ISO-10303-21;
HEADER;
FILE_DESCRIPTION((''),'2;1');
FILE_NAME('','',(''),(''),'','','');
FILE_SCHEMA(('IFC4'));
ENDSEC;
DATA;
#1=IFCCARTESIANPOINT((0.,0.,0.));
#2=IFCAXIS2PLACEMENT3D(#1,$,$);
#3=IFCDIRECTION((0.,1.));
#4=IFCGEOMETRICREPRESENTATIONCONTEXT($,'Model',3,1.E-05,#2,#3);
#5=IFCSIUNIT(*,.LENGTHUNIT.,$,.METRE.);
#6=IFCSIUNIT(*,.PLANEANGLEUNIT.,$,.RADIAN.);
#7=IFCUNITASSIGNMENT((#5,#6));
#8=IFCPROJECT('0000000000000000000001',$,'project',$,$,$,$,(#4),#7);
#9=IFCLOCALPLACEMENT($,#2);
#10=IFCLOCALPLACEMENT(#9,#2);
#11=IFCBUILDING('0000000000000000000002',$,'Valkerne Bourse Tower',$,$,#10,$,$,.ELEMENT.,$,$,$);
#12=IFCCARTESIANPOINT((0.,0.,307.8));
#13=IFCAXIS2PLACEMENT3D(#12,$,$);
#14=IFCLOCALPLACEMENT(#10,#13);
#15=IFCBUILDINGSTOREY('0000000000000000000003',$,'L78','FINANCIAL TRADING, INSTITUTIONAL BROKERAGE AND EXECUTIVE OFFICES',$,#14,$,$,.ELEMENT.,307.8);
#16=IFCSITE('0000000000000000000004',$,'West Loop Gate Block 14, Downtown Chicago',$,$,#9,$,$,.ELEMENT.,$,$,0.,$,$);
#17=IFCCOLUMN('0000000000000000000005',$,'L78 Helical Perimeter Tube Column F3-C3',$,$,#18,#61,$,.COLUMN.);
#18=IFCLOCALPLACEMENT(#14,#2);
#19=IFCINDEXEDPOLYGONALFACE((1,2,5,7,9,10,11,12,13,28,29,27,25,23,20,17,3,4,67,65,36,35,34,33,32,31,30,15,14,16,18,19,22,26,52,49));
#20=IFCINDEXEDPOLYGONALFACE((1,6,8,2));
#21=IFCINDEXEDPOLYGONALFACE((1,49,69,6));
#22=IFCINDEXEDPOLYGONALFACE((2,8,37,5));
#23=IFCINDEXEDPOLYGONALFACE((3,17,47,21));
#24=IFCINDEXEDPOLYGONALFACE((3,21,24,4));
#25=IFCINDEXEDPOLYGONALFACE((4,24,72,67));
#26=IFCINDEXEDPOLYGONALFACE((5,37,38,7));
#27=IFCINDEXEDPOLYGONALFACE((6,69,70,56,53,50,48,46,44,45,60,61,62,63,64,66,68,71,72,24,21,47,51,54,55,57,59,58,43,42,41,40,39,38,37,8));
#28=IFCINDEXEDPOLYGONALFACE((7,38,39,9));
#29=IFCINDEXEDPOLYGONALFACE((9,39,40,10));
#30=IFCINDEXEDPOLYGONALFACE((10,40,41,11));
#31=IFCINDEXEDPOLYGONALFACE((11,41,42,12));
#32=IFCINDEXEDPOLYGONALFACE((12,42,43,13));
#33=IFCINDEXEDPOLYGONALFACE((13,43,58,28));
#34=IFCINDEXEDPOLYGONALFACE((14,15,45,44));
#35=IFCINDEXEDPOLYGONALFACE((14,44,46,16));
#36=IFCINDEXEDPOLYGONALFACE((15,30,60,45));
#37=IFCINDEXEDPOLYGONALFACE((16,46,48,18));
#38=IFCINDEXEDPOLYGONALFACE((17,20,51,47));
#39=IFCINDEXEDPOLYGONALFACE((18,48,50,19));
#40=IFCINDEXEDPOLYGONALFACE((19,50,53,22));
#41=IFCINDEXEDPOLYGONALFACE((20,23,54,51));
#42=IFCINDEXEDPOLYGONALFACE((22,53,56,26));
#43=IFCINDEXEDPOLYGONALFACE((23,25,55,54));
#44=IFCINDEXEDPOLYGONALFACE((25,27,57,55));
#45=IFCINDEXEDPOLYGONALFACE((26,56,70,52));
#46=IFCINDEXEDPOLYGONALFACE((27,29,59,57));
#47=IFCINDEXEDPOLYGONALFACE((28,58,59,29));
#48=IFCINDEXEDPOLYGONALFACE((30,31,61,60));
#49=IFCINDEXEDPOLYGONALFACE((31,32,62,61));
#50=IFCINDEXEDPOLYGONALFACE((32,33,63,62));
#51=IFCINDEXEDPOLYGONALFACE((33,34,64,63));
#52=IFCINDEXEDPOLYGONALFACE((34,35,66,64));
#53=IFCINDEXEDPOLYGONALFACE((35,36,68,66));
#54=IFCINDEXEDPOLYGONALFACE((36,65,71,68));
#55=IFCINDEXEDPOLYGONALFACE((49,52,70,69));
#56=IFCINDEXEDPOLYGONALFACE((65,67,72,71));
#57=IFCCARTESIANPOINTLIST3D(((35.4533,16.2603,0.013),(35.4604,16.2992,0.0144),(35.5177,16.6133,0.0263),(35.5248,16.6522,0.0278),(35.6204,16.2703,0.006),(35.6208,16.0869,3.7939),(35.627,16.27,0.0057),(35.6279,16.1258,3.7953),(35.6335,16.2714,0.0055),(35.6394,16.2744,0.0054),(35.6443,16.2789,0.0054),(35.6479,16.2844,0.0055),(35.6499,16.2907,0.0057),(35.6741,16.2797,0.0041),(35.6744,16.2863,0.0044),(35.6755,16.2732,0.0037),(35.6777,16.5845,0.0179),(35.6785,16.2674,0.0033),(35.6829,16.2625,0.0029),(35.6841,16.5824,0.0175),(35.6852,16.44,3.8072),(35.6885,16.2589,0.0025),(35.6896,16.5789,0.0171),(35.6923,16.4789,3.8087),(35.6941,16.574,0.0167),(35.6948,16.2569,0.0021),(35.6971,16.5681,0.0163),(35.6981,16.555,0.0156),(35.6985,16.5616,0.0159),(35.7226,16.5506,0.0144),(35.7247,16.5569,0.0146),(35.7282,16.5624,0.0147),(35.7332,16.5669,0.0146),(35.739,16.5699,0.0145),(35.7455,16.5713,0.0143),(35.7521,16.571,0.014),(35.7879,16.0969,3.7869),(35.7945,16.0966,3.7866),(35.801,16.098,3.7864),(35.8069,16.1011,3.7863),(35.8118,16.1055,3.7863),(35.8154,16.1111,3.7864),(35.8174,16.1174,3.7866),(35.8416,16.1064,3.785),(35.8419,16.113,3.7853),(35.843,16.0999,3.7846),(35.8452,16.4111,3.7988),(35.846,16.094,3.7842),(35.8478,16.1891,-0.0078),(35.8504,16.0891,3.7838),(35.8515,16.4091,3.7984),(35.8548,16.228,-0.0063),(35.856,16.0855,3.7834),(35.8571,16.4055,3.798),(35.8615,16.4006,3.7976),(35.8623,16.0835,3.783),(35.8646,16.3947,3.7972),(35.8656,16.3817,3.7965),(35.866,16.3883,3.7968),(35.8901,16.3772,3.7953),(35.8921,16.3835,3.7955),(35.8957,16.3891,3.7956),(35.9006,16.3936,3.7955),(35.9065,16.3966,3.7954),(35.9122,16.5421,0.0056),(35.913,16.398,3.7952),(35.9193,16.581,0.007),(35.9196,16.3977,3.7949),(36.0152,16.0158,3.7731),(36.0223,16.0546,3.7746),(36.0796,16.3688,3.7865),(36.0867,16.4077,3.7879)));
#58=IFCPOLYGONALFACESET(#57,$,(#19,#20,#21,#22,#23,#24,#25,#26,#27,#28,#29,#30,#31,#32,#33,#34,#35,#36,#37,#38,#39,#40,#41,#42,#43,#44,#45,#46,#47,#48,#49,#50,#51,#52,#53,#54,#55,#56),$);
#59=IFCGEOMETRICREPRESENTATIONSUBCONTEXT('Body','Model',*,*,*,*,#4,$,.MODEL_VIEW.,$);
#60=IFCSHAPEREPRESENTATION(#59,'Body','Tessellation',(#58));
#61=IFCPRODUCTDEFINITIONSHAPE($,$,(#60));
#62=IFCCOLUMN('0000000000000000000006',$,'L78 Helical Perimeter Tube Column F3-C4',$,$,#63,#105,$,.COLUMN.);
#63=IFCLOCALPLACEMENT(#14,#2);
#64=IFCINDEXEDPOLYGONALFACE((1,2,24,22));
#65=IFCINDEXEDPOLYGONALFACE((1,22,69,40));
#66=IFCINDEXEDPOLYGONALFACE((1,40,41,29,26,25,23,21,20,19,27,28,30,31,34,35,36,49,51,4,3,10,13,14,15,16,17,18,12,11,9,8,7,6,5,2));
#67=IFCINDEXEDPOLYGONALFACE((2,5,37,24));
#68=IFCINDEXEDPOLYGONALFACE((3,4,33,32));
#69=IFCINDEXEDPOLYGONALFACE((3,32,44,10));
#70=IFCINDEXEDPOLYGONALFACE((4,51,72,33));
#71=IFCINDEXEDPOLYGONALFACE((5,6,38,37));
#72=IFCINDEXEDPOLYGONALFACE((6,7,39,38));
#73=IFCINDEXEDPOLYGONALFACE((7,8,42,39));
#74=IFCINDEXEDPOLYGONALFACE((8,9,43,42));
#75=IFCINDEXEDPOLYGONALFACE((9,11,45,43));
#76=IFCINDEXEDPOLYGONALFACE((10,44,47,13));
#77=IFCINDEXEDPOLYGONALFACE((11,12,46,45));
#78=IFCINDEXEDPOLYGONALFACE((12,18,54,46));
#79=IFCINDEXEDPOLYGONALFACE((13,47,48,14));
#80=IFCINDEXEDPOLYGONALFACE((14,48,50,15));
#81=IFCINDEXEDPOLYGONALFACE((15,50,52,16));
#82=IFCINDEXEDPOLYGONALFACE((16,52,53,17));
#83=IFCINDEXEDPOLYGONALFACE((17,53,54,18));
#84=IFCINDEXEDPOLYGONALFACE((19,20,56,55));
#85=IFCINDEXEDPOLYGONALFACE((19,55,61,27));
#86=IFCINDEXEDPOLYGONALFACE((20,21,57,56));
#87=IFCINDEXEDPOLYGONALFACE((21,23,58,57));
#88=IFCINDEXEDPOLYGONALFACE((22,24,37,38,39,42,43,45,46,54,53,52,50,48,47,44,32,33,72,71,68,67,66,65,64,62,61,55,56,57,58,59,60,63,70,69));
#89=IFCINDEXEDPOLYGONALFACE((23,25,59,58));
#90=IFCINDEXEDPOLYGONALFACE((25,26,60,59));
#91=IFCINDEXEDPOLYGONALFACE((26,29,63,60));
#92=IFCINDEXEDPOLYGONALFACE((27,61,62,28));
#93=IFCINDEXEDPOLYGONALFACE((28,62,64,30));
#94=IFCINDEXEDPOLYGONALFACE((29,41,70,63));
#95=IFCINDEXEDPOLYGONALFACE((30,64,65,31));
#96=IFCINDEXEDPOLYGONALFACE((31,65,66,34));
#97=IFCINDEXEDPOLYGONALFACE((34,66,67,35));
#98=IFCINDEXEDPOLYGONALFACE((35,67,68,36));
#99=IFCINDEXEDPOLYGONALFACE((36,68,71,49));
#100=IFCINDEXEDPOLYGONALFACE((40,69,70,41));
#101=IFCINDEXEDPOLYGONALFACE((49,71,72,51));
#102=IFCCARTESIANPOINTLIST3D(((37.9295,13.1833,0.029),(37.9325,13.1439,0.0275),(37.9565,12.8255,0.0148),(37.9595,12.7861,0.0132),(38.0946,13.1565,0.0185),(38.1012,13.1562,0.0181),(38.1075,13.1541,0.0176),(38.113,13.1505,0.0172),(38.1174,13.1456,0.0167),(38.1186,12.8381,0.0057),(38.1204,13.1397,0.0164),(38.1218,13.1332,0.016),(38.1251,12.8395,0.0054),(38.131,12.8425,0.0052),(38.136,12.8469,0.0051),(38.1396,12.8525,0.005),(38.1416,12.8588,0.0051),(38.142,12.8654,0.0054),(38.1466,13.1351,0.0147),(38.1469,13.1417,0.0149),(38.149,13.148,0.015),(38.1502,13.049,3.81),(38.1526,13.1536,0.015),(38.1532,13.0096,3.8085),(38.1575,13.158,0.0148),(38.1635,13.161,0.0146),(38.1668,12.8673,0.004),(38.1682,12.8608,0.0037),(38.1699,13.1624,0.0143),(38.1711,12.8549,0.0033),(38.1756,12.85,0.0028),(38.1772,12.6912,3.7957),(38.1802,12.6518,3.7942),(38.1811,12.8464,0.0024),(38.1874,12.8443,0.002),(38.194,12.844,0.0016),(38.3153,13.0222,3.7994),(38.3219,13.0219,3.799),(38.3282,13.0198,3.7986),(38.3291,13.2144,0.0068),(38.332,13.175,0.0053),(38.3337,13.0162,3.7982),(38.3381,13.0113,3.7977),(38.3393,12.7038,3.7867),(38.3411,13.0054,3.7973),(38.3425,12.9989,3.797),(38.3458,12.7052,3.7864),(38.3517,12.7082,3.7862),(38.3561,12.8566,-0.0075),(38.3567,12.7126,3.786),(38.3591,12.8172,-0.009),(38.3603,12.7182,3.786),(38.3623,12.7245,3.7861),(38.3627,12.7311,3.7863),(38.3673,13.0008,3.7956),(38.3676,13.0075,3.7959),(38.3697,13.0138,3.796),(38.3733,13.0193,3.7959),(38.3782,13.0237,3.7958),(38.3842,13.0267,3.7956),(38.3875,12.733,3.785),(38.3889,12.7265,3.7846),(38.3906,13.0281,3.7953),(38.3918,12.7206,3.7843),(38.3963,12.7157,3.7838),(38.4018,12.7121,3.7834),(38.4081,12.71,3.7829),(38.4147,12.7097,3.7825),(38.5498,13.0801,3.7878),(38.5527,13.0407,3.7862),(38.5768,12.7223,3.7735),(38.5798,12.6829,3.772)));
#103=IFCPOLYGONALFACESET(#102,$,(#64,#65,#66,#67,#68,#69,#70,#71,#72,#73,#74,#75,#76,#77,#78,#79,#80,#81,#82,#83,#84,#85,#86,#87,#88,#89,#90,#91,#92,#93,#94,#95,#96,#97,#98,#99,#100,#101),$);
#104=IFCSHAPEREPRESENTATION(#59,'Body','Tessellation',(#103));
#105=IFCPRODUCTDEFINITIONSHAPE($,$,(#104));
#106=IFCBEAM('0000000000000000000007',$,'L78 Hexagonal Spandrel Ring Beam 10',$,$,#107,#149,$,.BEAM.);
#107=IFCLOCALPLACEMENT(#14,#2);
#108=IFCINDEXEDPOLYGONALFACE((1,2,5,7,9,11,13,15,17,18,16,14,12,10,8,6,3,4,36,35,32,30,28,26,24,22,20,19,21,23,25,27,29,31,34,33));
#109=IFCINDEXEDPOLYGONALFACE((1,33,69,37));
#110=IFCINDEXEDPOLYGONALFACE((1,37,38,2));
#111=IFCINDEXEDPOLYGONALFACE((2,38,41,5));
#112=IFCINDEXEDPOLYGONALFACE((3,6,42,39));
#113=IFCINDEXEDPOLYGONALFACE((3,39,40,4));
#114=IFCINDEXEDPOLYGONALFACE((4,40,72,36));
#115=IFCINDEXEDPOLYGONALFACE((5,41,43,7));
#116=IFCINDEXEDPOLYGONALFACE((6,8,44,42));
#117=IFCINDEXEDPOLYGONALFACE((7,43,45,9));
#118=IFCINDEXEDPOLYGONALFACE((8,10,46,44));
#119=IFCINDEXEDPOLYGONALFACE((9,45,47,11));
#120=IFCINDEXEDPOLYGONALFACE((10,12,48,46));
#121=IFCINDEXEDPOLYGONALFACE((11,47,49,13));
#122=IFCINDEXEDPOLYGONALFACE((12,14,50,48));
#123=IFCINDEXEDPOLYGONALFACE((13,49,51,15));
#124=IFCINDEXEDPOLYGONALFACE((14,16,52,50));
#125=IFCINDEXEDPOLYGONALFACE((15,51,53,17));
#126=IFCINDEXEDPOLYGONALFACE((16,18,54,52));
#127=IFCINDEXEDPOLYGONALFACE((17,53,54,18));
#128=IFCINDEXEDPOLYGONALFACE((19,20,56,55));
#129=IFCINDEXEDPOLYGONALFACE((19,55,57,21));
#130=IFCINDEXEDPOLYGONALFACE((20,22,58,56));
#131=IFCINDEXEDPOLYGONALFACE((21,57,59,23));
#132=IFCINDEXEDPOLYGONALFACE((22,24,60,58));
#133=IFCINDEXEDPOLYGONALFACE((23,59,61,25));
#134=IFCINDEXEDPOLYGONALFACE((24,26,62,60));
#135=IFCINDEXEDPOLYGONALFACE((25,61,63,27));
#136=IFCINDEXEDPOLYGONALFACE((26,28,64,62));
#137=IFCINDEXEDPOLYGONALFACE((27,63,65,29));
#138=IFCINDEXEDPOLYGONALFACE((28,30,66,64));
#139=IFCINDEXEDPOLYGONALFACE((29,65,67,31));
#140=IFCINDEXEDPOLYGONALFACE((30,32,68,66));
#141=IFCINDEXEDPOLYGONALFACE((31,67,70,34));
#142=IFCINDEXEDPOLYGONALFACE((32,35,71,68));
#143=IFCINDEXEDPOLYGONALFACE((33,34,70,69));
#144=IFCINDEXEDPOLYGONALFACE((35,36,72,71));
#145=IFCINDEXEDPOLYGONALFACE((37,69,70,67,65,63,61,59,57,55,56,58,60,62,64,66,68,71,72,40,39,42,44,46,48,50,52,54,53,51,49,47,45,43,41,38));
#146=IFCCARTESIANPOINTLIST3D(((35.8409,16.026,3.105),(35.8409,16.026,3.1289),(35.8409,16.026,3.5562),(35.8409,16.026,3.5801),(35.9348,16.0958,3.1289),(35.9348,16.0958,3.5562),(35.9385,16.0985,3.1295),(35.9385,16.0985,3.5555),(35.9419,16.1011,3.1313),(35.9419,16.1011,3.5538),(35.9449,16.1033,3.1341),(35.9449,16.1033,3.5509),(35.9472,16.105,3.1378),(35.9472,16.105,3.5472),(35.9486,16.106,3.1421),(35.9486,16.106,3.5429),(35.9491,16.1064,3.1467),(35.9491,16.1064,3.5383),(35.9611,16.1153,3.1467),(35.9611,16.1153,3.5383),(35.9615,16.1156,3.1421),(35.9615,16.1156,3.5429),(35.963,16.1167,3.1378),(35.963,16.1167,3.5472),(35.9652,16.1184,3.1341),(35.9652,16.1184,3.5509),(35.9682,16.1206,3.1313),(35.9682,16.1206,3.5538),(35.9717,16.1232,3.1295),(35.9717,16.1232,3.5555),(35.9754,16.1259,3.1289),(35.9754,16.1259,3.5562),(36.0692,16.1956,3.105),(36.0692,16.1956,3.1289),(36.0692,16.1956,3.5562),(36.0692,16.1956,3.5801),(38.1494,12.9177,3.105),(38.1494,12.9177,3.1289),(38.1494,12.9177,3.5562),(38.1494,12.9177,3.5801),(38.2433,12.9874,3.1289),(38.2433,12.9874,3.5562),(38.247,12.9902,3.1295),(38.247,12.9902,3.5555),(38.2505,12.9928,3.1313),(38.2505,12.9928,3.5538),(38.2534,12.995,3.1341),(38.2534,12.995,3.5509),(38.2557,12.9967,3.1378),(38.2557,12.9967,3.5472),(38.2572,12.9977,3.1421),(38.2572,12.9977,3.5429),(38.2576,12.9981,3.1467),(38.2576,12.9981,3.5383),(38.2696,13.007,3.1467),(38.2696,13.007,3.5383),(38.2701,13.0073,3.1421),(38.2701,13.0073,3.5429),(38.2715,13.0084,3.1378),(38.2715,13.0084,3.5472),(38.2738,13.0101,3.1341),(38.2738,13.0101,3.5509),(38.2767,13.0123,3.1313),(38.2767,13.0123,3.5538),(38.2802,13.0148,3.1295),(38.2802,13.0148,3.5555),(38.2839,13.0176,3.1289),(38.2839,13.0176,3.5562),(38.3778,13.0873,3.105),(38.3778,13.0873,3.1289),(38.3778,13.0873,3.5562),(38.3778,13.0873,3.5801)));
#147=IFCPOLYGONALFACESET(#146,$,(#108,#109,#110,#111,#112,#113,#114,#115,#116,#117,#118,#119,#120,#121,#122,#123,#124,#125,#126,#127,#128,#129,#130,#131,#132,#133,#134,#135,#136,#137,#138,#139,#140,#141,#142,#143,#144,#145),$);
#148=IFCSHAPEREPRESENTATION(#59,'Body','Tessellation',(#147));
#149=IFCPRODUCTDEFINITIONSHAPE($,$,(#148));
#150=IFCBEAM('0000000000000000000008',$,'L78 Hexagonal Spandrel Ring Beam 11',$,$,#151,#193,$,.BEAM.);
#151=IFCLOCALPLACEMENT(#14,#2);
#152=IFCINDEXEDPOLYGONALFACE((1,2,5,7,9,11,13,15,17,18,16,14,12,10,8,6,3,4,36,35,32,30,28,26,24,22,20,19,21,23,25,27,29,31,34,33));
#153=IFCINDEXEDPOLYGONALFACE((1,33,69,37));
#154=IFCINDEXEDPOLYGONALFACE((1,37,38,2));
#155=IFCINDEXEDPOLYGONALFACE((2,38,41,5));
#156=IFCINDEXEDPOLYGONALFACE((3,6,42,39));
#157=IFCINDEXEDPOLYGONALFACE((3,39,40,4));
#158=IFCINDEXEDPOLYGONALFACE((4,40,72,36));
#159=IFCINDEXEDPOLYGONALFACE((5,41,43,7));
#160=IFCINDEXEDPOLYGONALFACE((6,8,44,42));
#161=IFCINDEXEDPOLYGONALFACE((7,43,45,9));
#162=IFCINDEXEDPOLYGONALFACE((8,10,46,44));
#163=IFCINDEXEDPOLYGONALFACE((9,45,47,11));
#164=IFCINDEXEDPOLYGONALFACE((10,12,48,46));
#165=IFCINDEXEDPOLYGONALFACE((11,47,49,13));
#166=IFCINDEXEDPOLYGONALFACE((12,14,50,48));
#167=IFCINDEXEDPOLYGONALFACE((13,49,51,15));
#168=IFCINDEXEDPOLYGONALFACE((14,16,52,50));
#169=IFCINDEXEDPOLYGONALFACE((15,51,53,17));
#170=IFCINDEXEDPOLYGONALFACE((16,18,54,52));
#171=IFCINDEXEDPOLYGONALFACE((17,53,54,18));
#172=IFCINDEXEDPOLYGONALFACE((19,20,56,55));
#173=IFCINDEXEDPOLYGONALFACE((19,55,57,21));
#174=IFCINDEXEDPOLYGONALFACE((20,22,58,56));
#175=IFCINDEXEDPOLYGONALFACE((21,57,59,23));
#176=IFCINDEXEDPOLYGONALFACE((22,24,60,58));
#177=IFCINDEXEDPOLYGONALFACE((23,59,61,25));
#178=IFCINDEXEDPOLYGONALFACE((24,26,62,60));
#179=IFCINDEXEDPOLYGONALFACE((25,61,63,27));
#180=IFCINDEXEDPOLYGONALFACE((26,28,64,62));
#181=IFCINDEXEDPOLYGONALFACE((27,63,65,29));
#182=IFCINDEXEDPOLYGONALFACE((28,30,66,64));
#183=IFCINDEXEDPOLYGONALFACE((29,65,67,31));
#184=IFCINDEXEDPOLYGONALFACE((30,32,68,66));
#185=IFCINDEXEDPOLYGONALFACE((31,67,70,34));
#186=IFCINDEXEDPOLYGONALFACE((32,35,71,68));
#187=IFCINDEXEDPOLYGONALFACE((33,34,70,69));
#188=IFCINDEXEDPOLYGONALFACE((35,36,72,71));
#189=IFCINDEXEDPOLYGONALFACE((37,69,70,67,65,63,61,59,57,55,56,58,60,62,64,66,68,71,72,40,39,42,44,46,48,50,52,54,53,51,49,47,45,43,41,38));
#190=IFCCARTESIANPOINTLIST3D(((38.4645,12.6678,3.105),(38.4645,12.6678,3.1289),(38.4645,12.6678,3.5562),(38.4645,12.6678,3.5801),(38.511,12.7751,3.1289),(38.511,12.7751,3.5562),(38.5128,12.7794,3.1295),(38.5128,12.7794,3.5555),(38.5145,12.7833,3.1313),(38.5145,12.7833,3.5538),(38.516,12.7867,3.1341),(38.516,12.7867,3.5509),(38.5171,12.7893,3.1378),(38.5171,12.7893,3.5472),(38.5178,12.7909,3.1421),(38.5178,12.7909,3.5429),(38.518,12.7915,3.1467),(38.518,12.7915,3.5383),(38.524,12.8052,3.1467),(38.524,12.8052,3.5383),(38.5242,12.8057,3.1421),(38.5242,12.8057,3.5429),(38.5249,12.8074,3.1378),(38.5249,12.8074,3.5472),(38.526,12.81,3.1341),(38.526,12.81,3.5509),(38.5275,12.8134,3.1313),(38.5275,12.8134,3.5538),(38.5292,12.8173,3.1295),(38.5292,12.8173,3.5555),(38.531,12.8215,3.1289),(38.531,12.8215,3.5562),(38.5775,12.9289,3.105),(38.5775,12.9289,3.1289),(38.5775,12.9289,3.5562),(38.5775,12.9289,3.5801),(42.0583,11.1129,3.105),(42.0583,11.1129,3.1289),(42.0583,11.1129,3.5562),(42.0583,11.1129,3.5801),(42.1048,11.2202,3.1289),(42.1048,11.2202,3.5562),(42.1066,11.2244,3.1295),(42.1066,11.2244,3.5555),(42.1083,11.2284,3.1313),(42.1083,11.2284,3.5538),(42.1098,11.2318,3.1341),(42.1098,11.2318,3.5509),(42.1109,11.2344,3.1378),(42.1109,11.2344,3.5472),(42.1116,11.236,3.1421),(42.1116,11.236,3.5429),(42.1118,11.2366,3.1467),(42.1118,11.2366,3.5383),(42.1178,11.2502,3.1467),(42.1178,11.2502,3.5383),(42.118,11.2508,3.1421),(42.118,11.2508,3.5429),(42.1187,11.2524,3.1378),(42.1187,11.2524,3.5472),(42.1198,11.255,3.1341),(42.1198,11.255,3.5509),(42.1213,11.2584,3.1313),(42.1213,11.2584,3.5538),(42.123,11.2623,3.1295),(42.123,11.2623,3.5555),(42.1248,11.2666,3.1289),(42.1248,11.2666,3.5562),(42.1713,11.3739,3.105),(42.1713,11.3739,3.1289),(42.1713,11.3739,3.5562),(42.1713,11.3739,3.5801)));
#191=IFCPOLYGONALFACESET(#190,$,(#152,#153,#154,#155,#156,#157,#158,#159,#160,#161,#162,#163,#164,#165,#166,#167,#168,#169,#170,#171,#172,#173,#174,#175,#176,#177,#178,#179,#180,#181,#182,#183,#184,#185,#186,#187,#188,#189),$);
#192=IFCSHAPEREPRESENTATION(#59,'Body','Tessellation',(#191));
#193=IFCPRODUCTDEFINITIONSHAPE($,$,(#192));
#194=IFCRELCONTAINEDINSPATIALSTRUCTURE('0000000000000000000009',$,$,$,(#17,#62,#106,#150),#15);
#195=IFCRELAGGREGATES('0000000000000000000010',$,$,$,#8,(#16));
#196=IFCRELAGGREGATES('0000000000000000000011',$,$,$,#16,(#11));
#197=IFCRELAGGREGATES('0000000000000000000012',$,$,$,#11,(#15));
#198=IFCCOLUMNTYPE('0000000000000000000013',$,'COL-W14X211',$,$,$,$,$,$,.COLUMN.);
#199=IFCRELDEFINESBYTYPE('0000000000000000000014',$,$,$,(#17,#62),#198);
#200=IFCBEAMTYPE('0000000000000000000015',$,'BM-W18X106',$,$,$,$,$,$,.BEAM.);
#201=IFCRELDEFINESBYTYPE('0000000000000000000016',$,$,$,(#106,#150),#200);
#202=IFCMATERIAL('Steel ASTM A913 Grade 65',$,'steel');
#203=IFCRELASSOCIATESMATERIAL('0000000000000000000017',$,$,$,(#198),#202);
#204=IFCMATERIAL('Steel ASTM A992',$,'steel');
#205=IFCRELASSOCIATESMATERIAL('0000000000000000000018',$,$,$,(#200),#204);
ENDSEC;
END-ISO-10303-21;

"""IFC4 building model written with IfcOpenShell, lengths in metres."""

from ifc_helpers import new_model, si_unit, direction, frame, origin, origin_2d, place, context, subcontext, project, spatial, i_section, extrude, material, material_profile, profile_set, type_object, element, save


model = new_model("IFC4")

# Units and contexts
model_context = context("Model", 3, precision=1e-05, world=origin(), true_north=direction((0.0, 1.0)))
body_context = subcontext(model_context, "Body", "Model", "MODEL_VIEW")
ifc_project = project(units=[si_unit("LENGTHUNIT", "METRE"), si_unit("PLANEANGLEUNIT", "RADIAN")], contexts=[model_context])

# Site, building, storey
site_placement = place(None, origin())
site = spatial("IfcSite", under=ifc_project, at=site_placement, Name="West Loop Gate Block 14, Downtown Chicago", CompositionType="ELEMENT", RefElevation=0.0)
building_placement = place(site_placement, origin())
building = spatial("IfcBuilding", under=site, at=building_placement, Name="Valkerne Bourse Tower", CompositionType="ELEMENT")
storey_placement = place(building_placement, frame((0.0, 0.0, 307.8)))
storey = spatial("IfcBuildingStorey", under=building, at=storey_placement, Name="L78", Description="FINANCIAL TRADING, INSTITUTIONAL BROKERAGE AND EXECUTIVE OFFICES", CompositionType="ELEMENT", Elevation=307.8)

# Columns
ifc_material_1 = material(Name="Steel ASTM A913 Grade 65", Category="steel")
ifc_material_profile_1 = material_profile(ifc_material_1, i_section(OverallWidth=0.4014, OverallDepth=0.3987, WebThickness=0.0249, FlangeThickness=0.0396, FilletRadius=0.0254, at=origin_2d()), Name="W14X211")
ifc_profile_set_1 = profile_set([ifc_material_profile_1], Name="Steel ASTM A913 Grade 65")
column_type = type_object("IfcColumnType", Name="COL-W14X211", PredefinedType="COLUMN", material=ifc_profile_set_1)
column_1_placement = place(storey_placement, frame((35.6863, 16.4207, 0.01), z_axis=(0.044205, -0.045752, 0.997974), x_axis=(0.982789, -0.17736, -0.051664)))
element("IfcColumn", 1, at=column_1_placement, inside=storey, type_object=column_type, Name="L78 Helical Perimeter Tube Column F3-C3", PredefinedType="COLUMN", context=body_context, shape_type="SweptSolid", body=[
    extrude(i_section(OverallWidth=0.4014, OverallDepth=0.3987, WebThickness=0.0249, FlangeThickness=0.0396, FilletRadius=0.0254, at=origin_2d()), origin(), (0.0, 0.0, 1.0), 3.7886),
])
column_2_placement = place(storey_placement, frame((38.1443, 13.0002, 0.01), z_axis=(0.058236, -0.035431, 0.997674), x_axis=(0.995461, 0.077412, -0.055357)))
element("IfcColumn", 2, at=column_2_placement, inside=storey, type_object=column_type, Name="L78 Helical Perimeter Tube Column F3-C4", PredefinedType="COLUMN", context=body_context, shape_type="SweptSolid", body=[
    extrude(i_section(OverallWidth=0.4014, OverallDepth=0.3987, WebThickness=0.0249, FlangeThickness=0.0396, FilletRadius=0.0254, at=origin_2d()), origin(), (0.0, 0.0, 1.0), 3.7898),
])

# Beams
ifc_material_2 = material(Name="Steel ASTM A992", Category="steel")
ifc_material_profile_2 = material_profile(ifc_material_2, i_section(OverallWidth=0.2844, OverallDepth=0.4751, WebThickness=0.0149, FlangeThickness=0.0239, FilletRadius=0.0178, at=origin_2d()), Name="W18X106")
ifc_profile_set_2 = profile_set([ifc_material_profile_2], Name="Steel ASTM A992")
beam_type_1 = type_object("IfcBeamType", Name="BM-W18X106", PredefinedType="BEAM", material=ifc_profile_set_2)
beam_1_placement = place(storey_placement, frame((35.9551, 16.1108, 3.3425), z_axis=(0.59624, -0.802806, 0.0), x_axis=(0.802806, 0.59624, 0.0)))
element("IfcBeam", 3, at=beam_1_placement, inside=storey, type_object=beam_type_1, Name="L78 Hexagonal Spandrel Ring Beam 10", PredefinedType="BEAM", context=body_context, shape_type="SweptSolid", body=[
    extrude(i_section(OverallWidth=0.2844, OverallDepth=0.4751, WebThickness=0.0149, FlangeThickness=0.0239, FilletRadius=0.0178, at=origin_2d()), origin(), (0.0, 0.0, 1.0), 3.8718),
])
beam_2_placement = place(storey_placement, frame((38.521, 12.7983, 3.3425), z_axis=(0.917775, -0.3971, 0.0), x_axis=(0.3971, 0.917775, 0.0)))
element("IfcBeam", 4, at=beam_2_placement, inside=storey, type_object=beam_type_1, Name="L78 Hexagonal Spandrel Ring Beam 11", PredefinedType="BEAM", context=body_context, shape_type="SweptSolid", body=[
    extrude(i_section(OverallWidth=0.2844, OverallDepth=0.4751, WebThickness=0.0149, FlangeThickness=0.0239, FilletRadius=0.0178, at=origin_2d()), origin(), (0.0, 0.0, 1.0), 3.9158),
])

save(model, "model.ifc")
